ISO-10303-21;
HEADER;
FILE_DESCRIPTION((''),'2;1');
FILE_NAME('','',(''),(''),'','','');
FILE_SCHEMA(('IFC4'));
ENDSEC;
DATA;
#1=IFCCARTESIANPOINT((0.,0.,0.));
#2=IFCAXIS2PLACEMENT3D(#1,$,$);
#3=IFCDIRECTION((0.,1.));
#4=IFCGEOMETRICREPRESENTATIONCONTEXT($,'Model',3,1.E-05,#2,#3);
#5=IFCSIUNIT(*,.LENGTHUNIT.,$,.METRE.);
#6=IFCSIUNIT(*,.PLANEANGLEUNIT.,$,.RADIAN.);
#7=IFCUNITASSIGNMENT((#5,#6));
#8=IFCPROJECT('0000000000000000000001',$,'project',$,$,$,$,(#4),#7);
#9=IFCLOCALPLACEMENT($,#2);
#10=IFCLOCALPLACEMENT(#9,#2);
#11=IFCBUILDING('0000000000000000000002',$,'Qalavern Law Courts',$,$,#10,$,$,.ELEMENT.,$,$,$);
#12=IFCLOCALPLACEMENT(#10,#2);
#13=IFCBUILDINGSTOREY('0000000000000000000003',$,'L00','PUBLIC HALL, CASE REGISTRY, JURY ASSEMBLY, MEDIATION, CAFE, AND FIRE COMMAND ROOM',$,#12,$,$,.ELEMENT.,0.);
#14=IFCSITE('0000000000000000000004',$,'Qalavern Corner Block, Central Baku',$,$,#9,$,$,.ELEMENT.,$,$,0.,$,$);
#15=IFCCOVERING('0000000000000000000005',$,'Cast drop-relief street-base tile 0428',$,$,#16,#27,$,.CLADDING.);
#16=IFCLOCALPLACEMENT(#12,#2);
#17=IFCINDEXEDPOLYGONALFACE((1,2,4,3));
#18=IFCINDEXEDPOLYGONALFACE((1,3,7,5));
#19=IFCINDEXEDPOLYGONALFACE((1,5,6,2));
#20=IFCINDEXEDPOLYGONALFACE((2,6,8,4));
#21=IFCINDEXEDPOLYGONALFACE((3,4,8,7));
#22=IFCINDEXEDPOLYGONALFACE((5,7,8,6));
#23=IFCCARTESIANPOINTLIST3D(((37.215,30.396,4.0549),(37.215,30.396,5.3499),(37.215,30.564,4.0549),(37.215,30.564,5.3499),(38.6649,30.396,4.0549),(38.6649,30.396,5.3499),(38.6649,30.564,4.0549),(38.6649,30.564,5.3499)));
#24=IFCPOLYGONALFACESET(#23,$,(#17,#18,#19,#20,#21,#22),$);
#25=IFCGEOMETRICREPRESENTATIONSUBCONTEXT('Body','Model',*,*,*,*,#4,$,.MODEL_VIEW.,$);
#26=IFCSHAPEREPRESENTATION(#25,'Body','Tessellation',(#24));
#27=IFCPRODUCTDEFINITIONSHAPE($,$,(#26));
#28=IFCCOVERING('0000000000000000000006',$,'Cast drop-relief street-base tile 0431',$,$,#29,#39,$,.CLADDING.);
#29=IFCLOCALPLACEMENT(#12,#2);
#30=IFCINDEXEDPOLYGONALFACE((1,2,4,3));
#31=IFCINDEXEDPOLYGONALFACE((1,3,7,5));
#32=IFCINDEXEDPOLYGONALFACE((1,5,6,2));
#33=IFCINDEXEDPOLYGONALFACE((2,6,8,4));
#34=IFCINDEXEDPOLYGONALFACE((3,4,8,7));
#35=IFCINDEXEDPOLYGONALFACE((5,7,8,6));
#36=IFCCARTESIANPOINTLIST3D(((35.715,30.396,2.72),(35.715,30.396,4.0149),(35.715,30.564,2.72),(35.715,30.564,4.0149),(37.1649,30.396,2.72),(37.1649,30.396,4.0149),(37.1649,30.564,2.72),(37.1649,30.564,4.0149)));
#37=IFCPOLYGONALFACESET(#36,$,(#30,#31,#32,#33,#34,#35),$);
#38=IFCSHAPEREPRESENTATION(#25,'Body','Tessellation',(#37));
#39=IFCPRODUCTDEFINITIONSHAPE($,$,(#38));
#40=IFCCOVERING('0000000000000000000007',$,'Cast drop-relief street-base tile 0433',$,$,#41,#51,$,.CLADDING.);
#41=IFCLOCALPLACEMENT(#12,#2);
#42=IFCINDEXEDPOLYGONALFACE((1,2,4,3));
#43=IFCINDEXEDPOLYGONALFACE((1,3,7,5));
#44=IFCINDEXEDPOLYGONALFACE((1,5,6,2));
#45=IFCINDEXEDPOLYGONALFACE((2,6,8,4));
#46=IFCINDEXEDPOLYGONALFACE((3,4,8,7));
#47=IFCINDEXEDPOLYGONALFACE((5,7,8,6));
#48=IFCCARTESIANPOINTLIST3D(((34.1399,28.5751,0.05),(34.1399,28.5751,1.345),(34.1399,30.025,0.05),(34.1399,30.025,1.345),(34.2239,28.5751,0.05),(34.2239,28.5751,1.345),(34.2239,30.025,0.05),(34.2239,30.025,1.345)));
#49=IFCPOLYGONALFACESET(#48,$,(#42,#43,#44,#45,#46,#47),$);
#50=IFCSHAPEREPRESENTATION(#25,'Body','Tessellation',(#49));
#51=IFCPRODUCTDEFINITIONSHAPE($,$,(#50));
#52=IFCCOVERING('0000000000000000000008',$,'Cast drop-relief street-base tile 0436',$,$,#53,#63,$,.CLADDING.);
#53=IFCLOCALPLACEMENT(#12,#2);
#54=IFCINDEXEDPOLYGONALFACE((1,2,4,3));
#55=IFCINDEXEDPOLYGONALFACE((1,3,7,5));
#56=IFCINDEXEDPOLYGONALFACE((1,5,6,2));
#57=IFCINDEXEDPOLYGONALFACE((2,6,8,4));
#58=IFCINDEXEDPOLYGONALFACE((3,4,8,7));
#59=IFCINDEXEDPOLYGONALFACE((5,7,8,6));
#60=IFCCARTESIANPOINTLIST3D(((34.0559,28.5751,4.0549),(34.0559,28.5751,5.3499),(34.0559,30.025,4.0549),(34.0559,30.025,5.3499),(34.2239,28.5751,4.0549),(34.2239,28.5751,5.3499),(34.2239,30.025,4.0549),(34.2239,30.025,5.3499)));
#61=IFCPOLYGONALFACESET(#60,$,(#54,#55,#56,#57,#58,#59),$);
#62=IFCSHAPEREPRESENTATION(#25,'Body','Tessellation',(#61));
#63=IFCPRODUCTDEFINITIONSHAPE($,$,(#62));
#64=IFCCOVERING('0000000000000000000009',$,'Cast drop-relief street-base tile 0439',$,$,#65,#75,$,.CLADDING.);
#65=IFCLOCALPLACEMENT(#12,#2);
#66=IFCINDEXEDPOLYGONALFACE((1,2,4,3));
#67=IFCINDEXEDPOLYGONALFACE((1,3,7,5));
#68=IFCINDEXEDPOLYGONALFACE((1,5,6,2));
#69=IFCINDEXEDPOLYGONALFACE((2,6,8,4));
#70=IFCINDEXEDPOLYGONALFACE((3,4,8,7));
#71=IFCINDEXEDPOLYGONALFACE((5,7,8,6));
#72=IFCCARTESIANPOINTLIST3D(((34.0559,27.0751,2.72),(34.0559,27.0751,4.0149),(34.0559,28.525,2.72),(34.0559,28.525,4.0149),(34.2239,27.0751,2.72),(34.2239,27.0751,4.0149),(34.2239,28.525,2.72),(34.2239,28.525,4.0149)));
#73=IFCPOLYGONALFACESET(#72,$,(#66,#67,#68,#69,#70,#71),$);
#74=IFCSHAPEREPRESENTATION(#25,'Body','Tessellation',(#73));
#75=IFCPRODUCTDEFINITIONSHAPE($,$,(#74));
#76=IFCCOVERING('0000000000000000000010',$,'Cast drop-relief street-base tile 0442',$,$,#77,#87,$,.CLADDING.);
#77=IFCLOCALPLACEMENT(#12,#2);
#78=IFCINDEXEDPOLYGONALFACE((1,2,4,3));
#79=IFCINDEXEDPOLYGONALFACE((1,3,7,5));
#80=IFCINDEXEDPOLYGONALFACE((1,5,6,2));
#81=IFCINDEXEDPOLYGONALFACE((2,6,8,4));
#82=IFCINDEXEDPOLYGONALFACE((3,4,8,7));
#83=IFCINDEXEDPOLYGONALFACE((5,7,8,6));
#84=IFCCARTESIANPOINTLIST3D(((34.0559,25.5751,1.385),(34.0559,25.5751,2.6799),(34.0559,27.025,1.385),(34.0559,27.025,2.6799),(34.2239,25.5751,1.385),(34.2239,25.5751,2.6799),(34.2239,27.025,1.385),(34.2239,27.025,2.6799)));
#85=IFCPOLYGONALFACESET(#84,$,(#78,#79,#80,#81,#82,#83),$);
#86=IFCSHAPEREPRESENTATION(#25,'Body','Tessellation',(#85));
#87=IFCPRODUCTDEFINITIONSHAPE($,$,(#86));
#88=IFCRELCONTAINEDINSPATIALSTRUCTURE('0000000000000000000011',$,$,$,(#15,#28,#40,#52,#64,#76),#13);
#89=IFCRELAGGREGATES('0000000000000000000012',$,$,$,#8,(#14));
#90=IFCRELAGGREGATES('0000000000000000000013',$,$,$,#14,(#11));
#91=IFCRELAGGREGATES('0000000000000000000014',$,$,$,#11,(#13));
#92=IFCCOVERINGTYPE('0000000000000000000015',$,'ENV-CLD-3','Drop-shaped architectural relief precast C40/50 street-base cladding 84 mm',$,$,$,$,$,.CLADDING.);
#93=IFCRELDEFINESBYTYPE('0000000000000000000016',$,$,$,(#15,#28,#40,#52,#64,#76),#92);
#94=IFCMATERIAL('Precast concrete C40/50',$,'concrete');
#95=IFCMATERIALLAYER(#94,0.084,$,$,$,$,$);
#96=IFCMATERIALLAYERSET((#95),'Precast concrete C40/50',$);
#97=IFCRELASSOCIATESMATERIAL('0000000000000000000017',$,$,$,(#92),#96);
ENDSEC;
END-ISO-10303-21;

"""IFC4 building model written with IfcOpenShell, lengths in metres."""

from ifc_helpers import new_model, si_unit, direction, frame, origin, origin_2d, place, context, subcontext, project, spatial, rectangle, extrude, material, layer, layer_set, type_object, element, save


model = new_model("IFC4")

# Units and contexts
model_context = context("Model", 3, precision=1e-05, world=origin(), true_north=direction((0.0, 1.0)))
body_context = subcontext(model_context, "Body", "Model", "MODEL_VIEW")
ifc_project = project(units=[si_unit("LENGTHUNIT", "METRE"), si_unit("PLANEANGLEUNIT", "RADIAN")], contexts=[model_context])

# Site, building, storey
site_placement = place(None, origin())
site = spatial("IfcSite", under=ifc_project, at=site_placement, Name="Qalavern Corner Block, Central Baku", CompositionType="ELEMENT", RefElevation=0.0)
building_placement = place(site_placement, origin())
building = spatial("IfcBuilding", under=site, at=building_placement, Name="Qalavern Law Courts", CompositionType="ELEMENT")
storey_placement = place(building_placement, origin())
storey = spatial("IfcBuildingStorey", under=building, at=storey_placement, Name="L00", Description="PUBLIC HALL, CASE REGISTRY, JURY ASSEMBLY, MEDIATION, CAFE, AND FIRE COMMAND ROOM", CompositionType="ELEMENT", Elevation=0.0)

# Coverings
ifc_material_1 = material(Name="Precast concrete C40/50", Category="concrete")
ifc_layer_1 = layer(ifc_material_1, 0.084)
ifc_layer_set_1 = layer_set([ifc_layer_1], Name="Precast concrete C40/50")
covering_type_1 = type_object("IfcCoveringType", Name="ENV-CLD-3", Description="Drop-shaped architectural relief precast C40/50 street-base cladding 84 mm", PredefinedType="CLADDING", material=ifc_layer_set_1)
for number, where, z_axis, x_axis, name in (
    (1, (37.9399, 30.48, 4.0549), (0.0, 0.0, 1.0), (-1.0, 0.0, 0.0), "Cast drop-relief street-base tile 0428"),
    (2, (36.4399, 30.48, 2.72), (0.0, 0.0, 1.0), (-1.0, 0.0, 0.0), "Cast drop-relief street-base tile 0431"),
):
    element("IfcCovering", number, at=place(storey_placement, frame(where, z_axis=z_axis, x_axis=x_axis)), inside=storey, type_object=covering_type_1, Name=name, PredefinedType="CLADDING", context=body_context, shape_type="SweptSolid", body=[
        extrude(rectangle(XDim=1.45, YDim=0.168, at=origin_2d()), origin(), (0.0, 0.0, 1.0), 1.2949),
    ])
covering_1_placement = place(storey_placement, frame((34.1819, 29.3, 0.05), z_axis=(0.0, 0.0, 1.0), x_axis=(0.0, -1.0, 0.0)))
element("IfcCovering", 3, at=covering_1_placement, inside=storey, type_object=covering_type_1, Name="Cast drop-relief street-base tile 0433", PredefinedType="CLADDING", context=body_context, shape_type="SweptSolid", body=[
    extrude(rectangle(XDim=1.45, YDim=0.084, at=origin_2d()), origin(), (0.0, 0.0, 1.0), 1.2949),
])
for number, where, z_axis, x_axis, name in (
    (4, (34.1399, 29.3, 4.0549), (0.0, 0.0, 1.0), (0.0, -1.0, 0.0), "Cast drop-relief street-base tile 0436"),
    (5, (34.1399, 27.8, 2.72), (0.0, 0.0, 1.0), (0.0, -1.0, 0.0), "Cast drop-relief street-base tile 0439"),
    (6, (34.1399, 26.3, 1.385), (0.0, 0.0, 1.0), (0.0, -1.0, 0.0), "Cast drop-relief street-base tile 0442"),
):
    element("IfcCovering", number, at=place(storey_placement, frame(where, z_axis=z_axis, x_axis=x_axis)), inside=storey, type_object=covering_type_1, Name=name, PredefinedType="CLADDING", context=body_context, shape_type="SweptSolid", body=[
        extrude(rectangle(XDim=1.45, YDim=0.168, at=origin_2d()), origin(), (0.0, 0.0, 1.0), 1.2949),
    ])

save(model, "model.ifc")
